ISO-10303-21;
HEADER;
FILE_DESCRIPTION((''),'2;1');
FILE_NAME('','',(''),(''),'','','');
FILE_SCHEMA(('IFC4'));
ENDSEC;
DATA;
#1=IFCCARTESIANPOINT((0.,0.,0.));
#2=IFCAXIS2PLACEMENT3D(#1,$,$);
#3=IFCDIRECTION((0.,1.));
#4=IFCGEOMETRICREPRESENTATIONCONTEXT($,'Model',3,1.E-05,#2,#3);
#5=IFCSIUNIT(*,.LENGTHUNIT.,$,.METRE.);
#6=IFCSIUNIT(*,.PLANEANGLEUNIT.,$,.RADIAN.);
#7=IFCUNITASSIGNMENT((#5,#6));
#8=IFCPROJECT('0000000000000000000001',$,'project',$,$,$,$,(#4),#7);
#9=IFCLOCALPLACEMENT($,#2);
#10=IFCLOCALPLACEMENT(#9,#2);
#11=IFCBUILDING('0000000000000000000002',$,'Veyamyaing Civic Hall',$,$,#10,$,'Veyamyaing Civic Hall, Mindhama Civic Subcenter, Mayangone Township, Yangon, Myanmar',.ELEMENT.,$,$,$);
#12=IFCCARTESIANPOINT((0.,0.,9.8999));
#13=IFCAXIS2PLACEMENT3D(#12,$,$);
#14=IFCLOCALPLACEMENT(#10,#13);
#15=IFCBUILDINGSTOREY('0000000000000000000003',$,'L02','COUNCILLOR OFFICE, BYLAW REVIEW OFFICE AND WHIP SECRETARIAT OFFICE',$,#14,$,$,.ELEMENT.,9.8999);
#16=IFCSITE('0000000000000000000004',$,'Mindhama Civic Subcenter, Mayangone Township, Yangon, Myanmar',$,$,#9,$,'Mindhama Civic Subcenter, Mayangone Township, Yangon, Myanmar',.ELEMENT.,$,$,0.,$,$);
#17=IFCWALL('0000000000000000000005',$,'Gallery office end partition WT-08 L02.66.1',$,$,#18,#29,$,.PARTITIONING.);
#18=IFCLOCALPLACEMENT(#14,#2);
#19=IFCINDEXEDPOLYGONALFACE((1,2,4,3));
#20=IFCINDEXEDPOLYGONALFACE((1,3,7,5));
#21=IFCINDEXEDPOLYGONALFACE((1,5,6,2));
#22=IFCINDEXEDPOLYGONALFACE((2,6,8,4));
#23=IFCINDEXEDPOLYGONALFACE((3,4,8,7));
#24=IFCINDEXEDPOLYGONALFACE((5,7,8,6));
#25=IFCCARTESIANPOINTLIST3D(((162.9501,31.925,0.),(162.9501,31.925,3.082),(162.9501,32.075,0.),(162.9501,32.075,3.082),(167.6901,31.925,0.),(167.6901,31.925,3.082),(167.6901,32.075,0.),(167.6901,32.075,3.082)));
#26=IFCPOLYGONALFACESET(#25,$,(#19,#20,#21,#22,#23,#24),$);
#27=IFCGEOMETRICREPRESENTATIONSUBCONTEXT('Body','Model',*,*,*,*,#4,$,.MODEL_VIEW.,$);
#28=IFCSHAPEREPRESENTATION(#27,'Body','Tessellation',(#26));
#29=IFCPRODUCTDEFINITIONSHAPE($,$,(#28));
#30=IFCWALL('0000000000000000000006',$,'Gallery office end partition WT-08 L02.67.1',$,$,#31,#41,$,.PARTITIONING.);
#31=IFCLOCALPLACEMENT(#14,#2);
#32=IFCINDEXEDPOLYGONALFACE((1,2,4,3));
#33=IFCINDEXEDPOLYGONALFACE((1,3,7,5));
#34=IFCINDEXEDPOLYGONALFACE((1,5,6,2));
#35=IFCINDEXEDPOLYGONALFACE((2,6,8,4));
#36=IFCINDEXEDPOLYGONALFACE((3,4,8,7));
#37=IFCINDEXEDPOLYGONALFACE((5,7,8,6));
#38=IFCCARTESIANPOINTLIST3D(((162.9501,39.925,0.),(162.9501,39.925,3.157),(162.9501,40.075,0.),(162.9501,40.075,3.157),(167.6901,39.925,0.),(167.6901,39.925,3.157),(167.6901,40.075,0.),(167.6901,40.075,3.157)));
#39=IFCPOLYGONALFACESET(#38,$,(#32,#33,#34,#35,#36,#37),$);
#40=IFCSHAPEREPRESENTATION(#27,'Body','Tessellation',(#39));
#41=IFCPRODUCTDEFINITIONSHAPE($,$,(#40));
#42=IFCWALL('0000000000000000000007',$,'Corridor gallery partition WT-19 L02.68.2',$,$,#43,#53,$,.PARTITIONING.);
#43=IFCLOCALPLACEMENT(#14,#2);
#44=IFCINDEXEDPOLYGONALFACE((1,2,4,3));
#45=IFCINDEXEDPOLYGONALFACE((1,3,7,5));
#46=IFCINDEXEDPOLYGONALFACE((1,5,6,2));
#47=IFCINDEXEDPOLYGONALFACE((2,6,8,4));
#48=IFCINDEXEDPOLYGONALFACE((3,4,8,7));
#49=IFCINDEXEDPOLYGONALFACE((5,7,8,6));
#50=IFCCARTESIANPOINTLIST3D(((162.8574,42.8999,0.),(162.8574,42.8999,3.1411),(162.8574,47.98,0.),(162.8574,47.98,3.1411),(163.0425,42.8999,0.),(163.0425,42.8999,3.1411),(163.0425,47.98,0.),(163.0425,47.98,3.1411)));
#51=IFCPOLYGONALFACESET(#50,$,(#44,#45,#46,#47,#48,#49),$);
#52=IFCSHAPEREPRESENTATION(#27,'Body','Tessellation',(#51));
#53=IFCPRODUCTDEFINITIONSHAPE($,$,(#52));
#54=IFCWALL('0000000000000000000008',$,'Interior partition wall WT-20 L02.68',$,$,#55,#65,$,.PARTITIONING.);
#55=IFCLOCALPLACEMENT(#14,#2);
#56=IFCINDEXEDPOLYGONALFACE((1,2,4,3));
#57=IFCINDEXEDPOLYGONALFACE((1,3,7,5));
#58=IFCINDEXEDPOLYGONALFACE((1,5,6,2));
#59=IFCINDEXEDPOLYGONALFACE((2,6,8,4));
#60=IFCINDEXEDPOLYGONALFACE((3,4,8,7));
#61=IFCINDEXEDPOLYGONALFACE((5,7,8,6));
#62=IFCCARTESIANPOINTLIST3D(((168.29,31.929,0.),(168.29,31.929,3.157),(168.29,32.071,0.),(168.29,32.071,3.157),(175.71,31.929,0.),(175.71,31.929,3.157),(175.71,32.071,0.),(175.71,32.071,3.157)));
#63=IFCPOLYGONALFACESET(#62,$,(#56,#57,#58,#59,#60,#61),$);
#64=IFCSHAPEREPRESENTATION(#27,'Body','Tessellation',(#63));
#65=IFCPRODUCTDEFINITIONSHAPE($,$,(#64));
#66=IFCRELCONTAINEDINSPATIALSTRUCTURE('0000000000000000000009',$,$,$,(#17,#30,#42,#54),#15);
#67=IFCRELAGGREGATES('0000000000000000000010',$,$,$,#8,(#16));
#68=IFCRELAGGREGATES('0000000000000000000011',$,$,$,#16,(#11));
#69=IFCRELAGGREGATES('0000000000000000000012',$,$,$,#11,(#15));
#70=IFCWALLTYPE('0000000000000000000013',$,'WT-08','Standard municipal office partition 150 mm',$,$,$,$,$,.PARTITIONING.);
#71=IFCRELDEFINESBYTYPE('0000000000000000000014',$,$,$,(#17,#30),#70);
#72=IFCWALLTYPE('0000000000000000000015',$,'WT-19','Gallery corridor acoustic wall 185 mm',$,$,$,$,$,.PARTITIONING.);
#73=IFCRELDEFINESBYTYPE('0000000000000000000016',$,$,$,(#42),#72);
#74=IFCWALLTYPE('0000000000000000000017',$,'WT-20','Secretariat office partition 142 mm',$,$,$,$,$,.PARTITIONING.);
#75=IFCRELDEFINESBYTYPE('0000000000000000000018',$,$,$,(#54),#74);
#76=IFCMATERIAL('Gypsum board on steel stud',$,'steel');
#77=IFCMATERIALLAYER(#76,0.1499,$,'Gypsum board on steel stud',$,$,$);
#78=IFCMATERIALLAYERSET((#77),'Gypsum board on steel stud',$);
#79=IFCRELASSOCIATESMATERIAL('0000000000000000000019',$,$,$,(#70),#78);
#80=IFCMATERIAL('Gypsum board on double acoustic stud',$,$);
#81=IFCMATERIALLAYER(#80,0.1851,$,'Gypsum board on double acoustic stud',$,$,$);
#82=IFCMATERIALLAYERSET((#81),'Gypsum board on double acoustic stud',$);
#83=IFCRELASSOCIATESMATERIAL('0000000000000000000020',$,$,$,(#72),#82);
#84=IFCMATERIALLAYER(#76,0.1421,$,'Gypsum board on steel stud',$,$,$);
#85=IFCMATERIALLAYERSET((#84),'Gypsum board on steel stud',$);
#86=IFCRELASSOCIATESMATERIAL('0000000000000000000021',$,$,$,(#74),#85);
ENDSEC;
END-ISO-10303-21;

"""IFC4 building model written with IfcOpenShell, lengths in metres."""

from ifc_helpers import new_model, si_unit, direction, frame, frame_2d, origin, place, context, subcontext, project, spatial, rectangle, extrude, material, layer, layer_set, type_object, element, save


model = new_model("IFC4")

# Units and contexts
model_context = context("Model", 3, precision=1e-05, world=origin(), true_north=direction((0.0, 1.0)))
body_context = subcontext(model_context, "Body", "Model", "MODEL_VIEW")
ifc_project = project(units=[si_unit("LENGTHUNIT", "METRE"), si_unit("PLANEANGLEUNIT", "RADIAN")], contexts=[model_context])

# Site, building, storey
site_placement = place(None, origin())
site = spatial("IfcSite", under=ifc_project, at=site_placement, Name="Mindhama Civic Subcenter, Mayangone Township, Yangon, Myanmar", LongName="Mindhama Civic Subcenter, Mayangone Township, Yangon, Myanmar", CompositionType="ELEMENT", RefElevation=0.0)
building_placement = place(site_placement, origin())
building = spatial("IfcBuilding", under=site, at=building_placement, Name="Veyamyaing Civic Hall", LongName="Veyamyaing Civic Hall, Mindhama Civic Subcenter, Mayangone Township, Yangon, Myanmar", CompositionType="ELEMENT")
storey_placement = place(building_placement, frame((0.0, 0.0, 9.8999)))
storey = spatial("IfcBuildingStorey", under=building, at=storey_placement, Name="L02", Description="COUNCILLOR OFFICE, BYLAW REVIEW OFFICE AND WHIP SECRETARIAT OFFICE", CompositionType="ELEMENT", Elevation=9.8999)

# Walls
ifc_material_1 = material(Name="Gypsum board on steel stud", Category="steel")
ifc_layer_1 = layer(ifc_material_1, 0.1499, Name="Gypsum board on steel stud")
ifc_layer_set_1 = layer_set([ifc_layer_1], Name="Gypsum board on steel stud")
wall_type_1 = type_object("IfcWallType", Name="WT-08", Description="Standard municipal office partition 150 mm", PredefinedType="PARTITIONING", material=ifc_layer_set_1)
wall_1_placement = place(storey_placement, frame((162.95, 32.0, 0.0), z_axis=(0.0, 0.0, 1.0), x_axis=(1.0, 0.0, 0.0)))
element("IfcWall", 1, at=wall_1_placement, inside=storey, type_object=wall_type_1, Name="Gallery office end partition WT-08 L02.66.1", PredefinedType="PARTITIONING", context=body_context, shape_type="SweptSolid", body=[
    extrude(rectangle(XDim=4.74, YDim=0.1499, at=frame_2d((2.3701, 0.0))), origin(), (0.0, 0.0, 1.0), 3.082),
])
wall_2_placement = place(storey_placement, frame((162.95, 40.0, 0.0), z_axis=(0.0, 0.0, 1.0), x_axis=(1.0, 0.0, 0.0)))
element("IfcWall", 2, at=wall_2_placement, inside=storey, type_object=wall_type_1, Name="Gallery office end partition WT-08 L02.67.1", PredefinedType="PARTITIONING", context=body_context, shape_type="SweptSolid", body=[
    extrude(rectangle(XDim=4.74, YDim=0.1499, at=frame_2d((2.3701, 0.0))), origin(), (0.0, 0.0, 1.0), 3.157),
])

# Shared definitions
ifc_material_2 = material(Name="Gypsum board on double acoustic stud")
ifc_layer_2 = layer(ifc_material_2, 0.1851, Name="Gypsum board on double acoustic stud")
ifc_layer_set_2 = layer_set([ifc_layer_2], Name="Gypsum board on double acoustic stud")
wall_type_2 = type_object("IfcWallType", Name="WT-19", Description="Gallery corridor acoustic wall 185 mm", PredefinedType="PARTITIONING", material=ifc_layer_set_2)

# Walls
wall_3_placement = place(storey_placement, frame((162.95, 42.8999, 0.0), z_axis=(0.0, 0.0, 1.0), x_axis=(0.0, 1.0, 0.0)))
element("IfcWall", 3, at=wall_3_placement, inside=storey, type_object=wall_type_2, Name="Corridor gallery partition WT-19 L02.68.2", PredefinedType="PARTITIONING", context=body_context, shape_type="SweptSolid", body=[
    extrude(rectangle(XDim=5.0801, YDim=0.1851, at=frame_2d((2.54, 0.0))), origin(), (0.0, 0.0, 1.0), 3.1411),
])
ifc_layer_3 = layer(ifc_material_1, 0.1421, Name="Gypsum board on steel stud")
ifc_layer_set_3 = layer_set([ifc_layer_3], Name="Gypsum board on steel stud")
wall_type_3 = type_object("IfcWallType", Name="WT-20", Description="Secretariat office partition 142 mm", PredefinedType="PARTITIONING", material=ifc_layer_set_3)
wall_4_placement = place(storey_placement, frame((168.29, 32.0, 0.0), z_axis=(0.0, 0.0, 1.0), x_axis=(1.0, 0.0, 0.0)))
element("IfcWall", 4, at=wall_4_placement, inside=storey, type_object=wall_type_3, Name="Interior partition wall WT-20 L02.68", PredefinedType="PARTITIONING", context=body_context, shape_type="SweptSolid", body=[
    extrude(rectangle(XDim=7.4199, YDim=0.1421, at=frame_2d((3.71, 0.0))), origin(), (0.0, 0.0, 1.0), 3.157),
])

save(model, "model.ifc")
